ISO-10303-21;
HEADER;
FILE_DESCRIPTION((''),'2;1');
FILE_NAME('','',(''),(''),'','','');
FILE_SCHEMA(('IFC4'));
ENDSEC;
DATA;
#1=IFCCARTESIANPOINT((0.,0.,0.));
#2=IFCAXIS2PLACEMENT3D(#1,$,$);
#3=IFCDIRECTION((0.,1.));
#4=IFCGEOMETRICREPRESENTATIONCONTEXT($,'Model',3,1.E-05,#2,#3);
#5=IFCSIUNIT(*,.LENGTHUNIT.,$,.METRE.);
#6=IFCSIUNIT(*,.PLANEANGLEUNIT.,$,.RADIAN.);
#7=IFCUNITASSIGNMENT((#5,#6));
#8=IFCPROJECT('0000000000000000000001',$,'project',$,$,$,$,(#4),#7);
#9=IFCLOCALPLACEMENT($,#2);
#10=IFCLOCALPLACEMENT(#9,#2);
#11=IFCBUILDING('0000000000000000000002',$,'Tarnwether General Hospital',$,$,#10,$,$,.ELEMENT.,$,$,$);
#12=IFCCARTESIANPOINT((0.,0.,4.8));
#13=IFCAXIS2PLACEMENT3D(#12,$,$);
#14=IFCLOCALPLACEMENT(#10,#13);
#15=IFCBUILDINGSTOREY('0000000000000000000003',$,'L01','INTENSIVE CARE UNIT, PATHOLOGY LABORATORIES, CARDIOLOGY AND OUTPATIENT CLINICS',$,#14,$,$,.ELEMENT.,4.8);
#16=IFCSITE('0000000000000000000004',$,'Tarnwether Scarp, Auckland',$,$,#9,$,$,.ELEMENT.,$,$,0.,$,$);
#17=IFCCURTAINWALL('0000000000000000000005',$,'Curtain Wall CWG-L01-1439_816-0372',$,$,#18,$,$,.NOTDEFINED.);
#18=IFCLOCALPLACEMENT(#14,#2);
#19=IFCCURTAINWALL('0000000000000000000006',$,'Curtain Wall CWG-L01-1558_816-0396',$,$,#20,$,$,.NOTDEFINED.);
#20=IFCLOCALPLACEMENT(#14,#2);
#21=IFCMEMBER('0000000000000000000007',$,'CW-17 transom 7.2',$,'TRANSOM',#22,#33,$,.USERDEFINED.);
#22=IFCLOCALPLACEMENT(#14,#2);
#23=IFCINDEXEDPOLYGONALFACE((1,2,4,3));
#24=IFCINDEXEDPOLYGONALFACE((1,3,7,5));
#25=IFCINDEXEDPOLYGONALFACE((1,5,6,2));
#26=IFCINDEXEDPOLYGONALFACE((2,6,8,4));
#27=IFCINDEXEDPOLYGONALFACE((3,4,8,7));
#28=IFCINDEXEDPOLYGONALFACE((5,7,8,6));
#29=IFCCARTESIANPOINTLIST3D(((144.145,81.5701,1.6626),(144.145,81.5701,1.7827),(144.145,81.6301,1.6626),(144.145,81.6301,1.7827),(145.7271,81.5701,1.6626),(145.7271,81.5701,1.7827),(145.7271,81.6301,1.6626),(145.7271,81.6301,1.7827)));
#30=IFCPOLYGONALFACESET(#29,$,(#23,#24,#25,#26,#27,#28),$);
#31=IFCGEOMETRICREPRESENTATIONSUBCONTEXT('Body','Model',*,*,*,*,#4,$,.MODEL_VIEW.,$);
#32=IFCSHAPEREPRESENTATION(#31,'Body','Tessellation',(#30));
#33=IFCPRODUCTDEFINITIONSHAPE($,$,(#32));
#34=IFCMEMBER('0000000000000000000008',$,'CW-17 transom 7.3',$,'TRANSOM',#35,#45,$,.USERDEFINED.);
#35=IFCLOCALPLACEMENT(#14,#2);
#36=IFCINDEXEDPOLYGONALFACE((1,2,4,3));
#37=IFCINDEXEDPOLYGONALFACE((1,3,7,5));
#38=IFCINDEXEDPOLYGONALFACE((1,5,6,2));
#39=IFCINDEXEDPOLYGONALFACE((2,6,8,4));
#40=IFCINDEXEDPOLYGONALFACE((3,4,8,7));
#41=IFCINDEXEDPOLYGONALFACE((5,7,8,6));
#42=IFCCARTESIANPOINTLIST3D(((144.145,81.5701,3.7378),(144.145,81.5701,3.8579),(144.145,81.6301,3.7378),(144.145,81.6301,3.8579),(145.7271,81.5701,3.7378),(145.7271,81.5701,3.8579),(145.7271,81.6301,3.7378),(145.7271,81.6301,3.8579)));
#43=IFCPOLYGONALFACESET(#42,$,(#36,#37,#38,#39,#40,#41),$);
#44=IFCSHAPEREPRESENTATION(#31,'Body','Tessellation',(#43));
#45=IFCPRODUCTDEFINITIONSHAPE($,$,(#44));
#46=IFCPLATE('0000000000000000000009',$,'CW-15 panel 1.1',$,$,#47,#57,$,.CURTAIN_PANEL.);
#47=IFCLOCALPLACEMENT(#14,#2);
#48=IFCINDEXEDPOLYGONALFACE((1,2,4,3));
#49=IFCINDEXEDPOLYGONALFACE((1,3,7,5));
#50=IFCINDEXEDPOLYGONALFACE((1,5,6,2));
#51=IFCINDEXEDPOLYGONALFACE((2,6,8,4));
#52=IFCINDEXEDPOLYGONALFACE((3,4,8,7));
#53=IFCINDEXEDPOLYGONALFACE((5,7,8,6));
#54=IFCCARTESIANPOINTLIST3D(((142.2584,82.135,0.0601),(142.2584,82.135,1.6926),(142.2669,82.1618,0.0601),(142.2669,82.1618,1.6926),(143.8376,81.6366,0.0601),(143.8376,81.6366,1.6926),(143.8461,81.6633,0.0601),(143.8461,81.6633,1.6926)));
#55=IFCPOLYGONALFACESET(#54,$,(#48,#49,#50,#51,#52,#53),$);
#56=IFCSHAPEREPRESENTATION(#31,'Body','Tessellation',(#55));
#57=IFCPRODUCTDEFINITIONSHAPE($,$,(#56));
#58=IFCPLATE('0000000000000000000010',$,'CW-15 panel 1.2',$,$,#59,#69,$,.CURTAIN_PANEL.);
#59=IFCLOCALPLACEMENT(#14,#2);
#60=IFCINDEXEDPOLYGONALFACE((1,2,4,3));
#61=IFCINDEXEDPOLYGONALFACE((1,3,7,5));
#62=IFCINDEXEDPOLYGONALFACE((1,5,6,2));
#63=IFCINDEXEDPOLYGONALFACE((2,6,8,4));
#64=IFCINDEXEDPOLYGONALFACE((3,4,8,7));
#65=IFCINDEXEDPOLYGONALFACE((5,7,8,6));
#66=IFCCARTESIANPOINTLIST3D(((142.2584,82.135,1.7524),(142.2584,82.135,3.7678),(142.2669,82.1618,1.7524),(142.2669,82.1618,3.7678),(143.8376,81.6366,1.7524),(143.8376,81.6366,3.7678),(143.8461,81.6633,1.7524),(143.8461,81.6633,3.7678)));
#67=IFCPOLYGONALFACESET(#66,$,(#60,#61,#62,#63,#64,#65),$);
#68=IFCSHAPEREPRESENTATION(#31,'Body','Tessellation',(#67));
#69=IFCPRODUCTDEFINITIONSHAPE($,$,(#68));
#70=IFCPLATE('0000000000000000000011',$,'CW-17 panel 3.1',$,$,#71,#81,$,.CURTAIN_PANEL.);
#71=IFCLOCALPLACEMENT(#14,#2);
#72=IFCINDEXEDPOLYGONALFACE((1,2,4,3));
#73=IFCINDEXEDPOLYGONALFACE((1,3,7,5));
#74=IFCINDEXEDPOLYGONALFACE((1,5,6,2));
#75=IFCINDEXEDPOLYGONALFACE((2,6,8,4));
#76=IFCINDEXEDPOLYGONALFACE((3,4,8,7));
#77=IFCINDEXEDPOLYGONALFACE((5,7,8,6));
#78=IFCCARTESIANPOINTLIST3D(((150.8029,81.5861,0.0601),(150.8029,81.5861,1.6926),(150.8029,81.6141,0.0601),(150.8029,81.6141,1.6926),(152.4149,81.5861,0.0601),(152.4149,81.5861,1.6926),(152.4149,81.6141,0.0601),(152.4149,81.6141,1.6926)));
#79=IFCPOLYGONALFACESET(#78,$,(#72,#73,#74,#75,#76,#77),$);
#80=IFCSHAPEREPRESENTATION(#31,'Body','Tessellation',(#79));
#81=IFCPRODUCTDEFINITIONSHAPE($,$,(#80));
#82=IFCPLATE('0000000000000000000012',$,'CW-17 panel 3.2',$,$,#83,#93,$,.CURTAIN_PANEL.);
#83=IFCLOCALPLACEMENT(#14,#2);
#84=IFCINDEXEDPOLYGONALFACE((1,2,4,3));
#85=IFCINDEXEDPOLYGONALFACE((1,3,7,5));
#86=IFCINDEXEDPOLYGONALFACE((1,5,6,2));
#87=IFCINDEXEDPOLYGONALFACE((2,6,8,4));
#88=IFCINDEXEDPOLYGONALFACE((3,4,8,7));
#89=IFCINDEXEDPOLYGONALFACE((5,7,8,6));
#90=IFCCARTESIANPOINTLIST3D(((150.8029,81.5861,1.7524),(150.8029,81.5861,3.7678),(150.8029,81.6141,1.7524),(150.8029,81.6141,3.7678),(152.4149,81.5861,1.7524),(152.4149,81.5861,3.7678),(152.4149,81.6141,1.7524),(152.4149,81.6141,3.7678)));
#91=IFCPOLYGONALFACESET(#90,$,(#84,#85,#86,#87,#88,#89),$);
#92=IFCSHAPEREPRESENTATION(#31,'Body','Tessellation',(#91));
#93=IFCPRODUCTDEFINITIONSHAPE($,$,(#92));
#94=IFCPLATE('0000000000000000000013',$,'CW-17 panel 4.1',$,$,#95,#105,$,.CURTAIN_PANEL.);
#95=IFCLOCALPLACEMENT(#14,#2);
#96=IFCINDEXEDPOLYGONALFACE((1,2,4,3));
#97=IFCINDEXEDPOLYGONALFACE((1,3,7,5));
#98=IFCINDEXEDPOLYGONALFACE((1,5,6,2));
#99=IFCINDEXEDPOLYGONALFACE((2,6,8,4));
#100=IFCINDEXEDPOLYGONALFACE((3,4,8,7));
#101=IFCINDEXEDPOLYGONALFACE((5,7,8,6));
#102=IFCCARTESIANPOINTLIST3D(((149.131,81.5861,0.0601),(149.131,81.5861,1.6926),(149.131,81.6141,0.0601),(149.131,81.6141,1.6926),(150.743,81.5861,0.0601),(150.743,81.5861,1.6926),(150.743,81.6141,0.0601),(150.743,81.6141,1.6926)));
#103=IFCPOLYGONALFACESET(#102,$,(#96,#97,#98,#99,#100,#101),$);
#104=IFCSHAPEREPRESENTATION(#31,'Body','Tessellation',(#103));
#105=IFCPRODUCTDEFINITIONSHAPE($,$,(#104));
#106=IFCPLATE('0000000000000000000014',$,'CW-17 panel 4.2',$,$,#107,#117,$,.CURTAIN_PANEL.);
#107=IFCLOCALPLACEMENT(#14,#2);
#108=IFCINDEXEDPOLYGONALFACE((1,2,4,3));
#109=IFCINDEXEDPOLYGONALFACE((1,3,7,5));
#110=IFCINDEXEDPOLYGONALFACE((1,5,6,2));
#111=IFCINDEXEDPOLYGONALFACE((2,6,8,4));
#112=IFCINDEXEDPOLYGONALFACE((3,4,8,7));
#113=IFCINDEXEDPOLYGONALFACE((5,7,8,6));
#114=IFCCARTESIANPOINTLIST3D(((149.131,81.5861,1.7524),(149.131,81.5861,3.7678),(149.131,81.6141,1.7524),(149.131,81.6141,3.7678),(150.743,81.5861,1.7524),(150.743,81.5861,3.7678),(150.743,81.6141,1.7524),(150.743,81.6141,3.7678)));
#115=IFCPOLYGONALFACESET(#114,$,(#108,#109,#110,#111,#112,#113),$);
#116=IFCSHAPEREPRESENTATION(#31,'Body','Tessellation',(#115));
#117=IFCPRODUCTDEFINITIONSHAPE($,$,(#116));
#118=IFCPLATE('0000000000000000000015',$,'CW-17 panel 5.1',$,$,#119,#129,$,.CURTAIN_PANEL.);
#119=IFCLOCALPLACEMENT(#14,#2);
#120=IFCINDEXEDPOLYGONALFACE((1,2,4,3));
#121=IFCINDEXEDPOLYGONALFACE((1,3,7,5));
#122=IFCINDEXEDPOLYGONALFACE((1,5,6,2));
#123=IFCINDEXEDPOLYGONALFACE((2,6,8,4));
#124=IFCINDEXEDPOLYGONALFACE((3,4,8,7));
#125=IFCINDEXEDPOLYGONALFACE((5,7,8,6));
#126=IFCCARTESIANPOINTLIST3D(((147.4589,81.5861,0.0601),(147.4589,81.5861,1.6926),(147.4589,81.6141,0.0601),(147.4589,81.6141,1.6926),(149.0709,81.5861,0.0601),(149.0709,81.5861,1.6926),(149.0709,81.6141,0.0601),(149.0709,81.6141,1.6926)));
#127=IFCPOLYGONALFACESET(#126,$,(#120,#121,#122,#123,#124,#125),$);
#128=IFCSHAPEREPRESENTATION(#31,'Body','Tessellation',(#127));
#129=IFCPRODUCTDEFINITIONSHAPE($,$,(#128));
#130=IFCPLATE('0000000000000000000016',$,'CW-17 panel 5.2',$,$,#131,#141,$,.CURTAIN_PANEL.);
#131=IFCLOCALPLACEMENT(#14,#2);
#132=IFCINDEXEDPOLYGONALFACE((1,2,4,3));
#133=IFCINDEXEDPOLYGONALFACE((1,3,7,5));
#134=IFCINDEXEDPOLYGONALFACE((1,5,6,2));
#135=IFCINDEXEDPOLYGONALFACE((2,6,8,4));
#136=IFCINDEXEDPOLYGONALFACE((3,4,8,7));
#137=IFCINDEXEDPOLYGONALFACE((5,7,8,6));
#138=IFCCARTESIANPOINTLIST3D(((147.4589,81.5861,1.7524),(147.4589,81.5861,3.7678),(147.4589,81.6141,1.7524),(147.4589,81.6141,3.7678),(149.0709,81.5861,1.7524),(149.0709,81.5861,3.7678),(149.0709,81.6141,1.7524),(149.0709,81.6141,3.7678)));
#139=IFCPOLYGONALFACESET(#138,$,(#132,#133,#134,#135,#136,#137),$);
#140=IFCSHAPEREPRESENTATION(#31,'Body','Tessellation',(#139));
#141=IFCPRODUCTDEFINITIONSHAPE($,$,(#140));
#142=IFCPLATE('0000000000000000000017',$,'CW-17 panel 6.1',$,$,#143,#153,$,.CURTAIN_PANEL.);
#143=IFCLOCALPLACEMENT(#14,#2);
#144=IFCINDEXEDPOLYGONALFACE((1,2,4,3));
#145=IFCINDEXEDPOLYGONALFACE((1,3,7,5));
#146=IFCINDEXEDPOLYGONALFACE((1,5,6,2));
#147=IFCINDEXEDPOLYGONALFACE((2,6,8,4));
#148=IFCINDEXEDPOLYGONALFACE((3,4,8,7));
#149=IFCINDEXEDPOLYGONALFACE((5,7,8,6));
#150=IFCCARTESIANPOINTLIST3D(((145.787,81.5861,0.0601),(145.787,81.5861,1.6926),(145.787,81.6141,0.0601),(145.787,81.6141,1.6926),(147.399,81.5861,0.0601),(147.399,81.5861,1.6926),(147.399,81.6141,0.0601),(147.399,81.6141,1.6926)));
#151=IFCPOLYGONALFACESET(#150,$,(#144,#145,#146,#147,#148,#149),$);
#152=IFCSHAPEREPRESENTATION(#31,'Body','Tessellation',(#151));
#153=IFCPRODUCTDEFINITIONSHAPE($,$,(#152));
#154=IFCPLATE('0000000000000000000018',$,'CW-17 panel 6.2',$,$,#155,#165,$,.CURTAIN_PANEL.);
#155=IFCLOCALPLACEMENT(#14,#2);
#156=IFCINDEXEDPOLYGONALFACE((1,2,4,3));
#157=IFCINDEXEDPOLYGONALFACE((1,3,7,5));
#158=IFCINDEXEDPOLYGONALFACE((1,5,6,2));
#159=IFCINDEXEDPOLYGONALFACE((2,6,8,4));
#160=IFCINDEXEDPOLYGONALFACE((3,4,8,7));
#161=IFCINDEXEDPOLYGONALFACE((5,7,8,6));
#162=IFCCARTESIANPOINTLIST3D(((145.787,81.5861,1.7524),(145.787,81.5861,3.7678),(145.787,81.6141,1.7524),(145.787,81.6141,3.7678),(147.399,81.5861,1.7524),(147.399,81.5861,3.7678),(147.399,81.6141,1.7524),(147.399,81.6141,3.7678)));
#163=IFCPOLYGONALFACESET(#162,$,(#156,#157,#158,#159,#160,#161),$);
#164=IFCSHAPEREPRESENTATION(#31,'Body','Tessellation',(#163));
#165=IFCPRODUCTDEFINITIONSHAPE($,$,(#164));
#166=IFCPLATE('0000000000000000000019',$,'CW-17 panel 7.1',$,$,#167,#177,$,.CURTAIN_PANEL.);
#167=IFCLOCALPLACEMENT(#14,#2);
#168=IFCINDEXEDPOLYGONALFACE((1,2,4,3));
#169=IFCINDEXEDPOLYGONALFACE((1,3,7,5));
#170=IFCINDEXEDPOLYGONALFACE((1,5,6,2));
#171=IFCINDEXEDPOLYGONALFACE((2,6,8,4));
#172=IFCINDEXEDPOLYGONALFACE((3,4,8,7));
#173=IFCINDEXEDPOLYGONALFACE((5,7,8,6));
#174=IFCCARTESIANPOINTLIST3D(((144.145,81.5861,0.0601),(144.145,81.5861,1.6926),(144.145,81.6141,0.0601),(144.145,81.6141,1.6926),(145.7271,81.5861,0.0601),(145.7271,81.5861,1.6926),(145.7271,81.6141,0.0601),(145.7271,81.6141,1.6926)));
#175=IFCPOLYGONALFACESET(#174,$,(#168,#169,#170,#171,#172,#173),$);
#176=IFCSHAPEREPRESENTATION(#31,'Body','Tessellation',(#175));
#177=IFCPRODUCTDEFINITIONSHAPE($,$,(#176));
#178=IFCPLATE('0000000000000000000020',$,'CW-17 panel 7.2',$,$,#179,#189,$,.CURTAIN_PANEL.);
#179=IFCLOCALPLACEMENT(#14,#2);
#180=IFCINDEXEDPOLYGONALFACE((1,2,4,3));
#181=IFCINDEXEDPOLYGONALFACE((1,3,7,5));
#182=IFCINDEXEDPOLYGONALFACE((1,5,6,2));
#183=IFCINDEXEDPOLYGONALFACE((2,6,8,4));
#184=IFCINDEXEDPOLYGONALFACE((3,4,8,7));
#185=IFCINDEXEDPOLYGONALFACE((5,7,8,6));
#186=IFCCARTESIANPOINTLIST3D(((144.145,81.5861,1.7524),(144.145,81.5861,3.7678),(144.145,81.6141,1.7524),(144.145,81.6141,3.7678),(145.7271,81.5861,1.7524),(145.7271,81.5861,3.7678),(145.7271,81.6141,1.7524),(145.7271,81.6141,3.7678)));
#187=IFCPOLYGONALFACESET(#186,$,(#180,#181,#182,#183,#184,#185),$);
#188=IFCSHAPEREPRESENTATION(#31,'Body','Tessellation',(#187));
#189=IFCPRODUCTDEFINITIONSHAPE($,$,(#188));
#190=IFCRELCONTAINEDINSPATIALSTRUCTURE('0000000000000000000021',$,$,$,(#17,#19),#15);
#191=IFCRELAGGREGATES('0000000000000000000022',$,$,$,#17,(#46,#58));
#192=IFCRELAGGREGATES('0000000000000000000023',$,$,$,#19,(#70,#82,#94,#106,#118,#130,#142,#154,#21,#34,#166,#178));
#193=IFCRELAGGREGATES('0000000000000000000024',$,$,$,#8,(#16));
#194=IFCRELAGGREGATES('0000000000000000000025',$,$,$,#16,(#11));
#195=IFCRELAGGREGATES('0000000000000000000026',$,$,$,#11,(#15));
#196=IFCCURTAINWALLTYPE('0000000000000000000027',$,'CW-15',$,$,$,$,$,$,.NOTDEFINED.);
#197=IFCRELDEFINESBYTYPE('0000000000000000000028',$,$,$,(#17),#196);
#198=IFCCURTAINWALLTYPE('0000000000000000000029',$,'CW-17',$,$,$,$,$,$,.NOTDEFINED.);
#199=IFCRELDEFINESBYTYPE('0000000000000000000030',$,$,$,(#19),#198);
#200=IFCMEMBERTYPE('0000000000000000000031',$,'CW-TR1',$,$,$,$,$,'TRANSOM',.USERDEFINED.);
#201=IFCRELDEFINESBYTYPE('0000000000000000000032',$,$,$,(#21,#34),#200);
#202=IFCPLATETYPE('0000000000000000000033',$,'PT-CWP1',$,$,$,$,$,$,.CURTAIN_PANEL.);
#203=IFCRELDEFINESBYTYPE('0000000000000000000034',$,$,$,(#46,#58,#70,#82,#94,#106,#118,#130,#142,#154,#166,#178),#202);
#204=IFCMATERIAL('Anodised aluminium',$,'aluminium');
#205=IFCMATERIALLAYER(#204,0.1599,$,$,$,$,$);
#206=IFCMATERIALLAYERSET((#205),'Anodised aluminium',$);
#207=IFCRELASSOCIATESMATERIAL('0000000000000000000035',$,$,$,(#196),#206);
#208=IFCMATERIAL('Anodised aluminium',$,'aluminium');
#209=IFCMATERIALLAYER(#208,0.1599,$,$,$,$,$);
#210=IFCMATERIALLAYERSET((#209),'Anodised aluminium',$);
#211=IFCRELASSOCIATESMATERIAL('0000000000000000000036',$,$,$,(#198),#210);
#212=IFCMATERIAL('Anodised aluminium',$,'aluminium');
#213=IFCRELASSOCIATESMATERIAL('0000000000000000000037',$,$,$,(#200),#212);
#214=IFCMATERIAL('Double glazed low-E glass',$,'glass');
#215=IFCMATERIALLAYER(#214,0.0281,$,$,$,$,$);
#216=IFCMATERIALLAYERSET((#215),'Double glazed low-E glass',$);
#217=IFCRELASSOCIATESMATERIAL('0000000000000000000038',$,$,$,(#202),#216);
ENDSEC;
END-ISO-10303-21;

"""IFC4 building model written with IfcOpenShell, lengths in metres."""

from ifc_helpers import new_model, si_unit, direction, frame, origin, origin_2d, place, context, subcontext, project, spatial, rectangle, extrude, material, layer, layer_set, material_profile, profile_set, type_object, element, aggregate, save


model = new_model("IFC4")

# Units and contexts
model_context = context("Model", 3, precision=1e-05, world=origin(), true_north=direction((0.0, 1.0)))
body_context = subcontext(model_context, "Body", "Model", "MODEL_VIEW")
ifc_project = project(units=[si_unit("LENGTHUNIT", "METRE"), si_unit("PLANEANGLEUNIT", "RADIAN")], contexts=[model_context])

# Site, building, storey
site_placement = place(None, origin())
site = spatial("IfcSite", under=ifc_project, at=site_placement, Name="Tarnwether Scarp, Auckland", CompositionType="ELEMENT", RefElevation=0.0)
building_placement = place(site_placement, origin())
building = spatial("IfcBuilding", under=site, at=building_placement, Name="Tarnwether General Hospital", CompositionType="ELEMENT")
storey_placement = place(building_placement, frame((0.0, 0.0, 4.8)))
storey = spatial("IfcBuildingStorey", under=building, at=storey_placement, Name="L01", Description="INTENSIVE CARE UNIT, PATHOLOGY LABORATORIES, CARDIOLOGY AND OUTPATIENT CLINICS", CompositionType="ELEMENT", Elevation=4.8)

# Curtain wall
ifc_material_1 = material(Name="Anodised aluminium", Category="aluminium")
ifc_layer_1 = layer(ifc_material_1, 0.1599)
ifc_layer_set_1 = layer_set([ifc_layer_1], Name="Anodised aluminium")
curtain_wall_type_1 = type_object("IfcCurtainWallType", Name="CW-15", PredefinedType="NOTDEFINED", material=ifc_layer_set_1)
curtain_wall_1_placement = place(storey_placement, origin())
curtain_wall_1 = element("IfcCurtainWall", 1, at=curtain_wall_1_placement, inside=storey, type_object=curtain_wall_type_1, Name="Curtain Wall CWG-L01-1439_816-0372", PredefinedType="NOTDEFINED")

# Curtain wall
ifc_material_2 = material(Name="Anodised aluminium", Category="aluminium")
ifc_layer_2 = layer(ifc_material_2, 0.1599)
ifc_layer_set_2 = layer_set([ifc_layer_2], Name="Anodised aluminium")
curtain_wall_type_2 = type_object("IfcCurtainWallType", Name="CW-17", PredefinedType="NOTDEFINED", material=ifc_layer_set_2)
curtain_wall_2_placement = place(storey_placement, origin())
curtain_wall_2 = element("IfcCurtainWall", 2, at=curtain_wall_2_placement, inside=storey, type_object=curtain_wall_type_2, Name="Curtain Wall CWG-L01-1558_816-0396", PredefinedType="NOTDEFINED")

# Members
ifc_material_3 = material(Name="Anodised aluminium", Category="aluminium")
ifc_material_profile_1 = material_profile(ifc_material_3, rectangle(XDim=0.0601, YDim=0.1201, at=origin_2d()), Name="ALU-TRN-60x120")
ifc_profile_set_1 = profile_set([ifc_material_profile_1], Name="Anodised aluminium")
member_type_1 = type_object("IfcMemberType", Name="CW-TR1", ElementType="TRANSOM", PredefinedType="USERDEFINED", material=ifc_profile_set_1)
member_1_placement = place(storey_placement, frame((145.7271, 81.6001, 1.7227), z_axis=(-1.0, 0.0, 0.0), x_axis=(0.0, -1.0, 0.0)))
member_1 = element("IfcMember", 3, at=member_1_placement, type_object=member_type_1, Name="CW-17 transom 7.2", ObjectType="TRANSOM", PredefinedType="USERDEFINED", context=body_context, shape_type="SweptSolid", body=[
    extrude(rectangle(XDim=0.0601, YDim=0.1201, at=origin_2d()), origin(), (0.0, 0.0, 1.0), 1.582),
])
member_2_placement = place(storey_placement, frame((145.7271, 81.6001, 3.7979), z_axis=(-1.0, 0.0, 0.0), x_axis=(0.0, -1.0, 0.0)))
member_2 = element("IfcMember", 4, at=member_2_placement, type_object=member_type_1, Name="CW-17 transom 7.3", ObjectType="TRANSOM", PredefinedType="USERDEFINED", context=body_context, shape_type="SweptSolid", body=[
    extrude(rectangle(XDim=0.0601, YDim=0.1201, at=origin_2d()), origin(), (0.0, 0.0, 1.0), 1.582),
])

# Plates
ifc_material_4 = material(Name="Double glazed low-E glass", Category="glass")
ifc_layer_3 = layer(ifc_material_4, 0.0281)
ifc_layer_set_3 = layer_set([ifc_layer_3], Name="Double glazed low-E glass")
plate_type = type_object("IfcPlateType", Name="PT-CWP1", PredefinedType="CURTAIN_PANEL", material=ifc_layer_set_3)
plate_1_placement = place(storey_placement, frame((143.0522, 81.8992, 0.0601), z_axis=(0.0, 0.0, 1.0), x_axis=(-0.95363, 0.300981, 0.0)))
plate_1 = element("IfcPlate", 5, at=plate_1_placement, type_object=plate_type, Name="CW-15 panel 1.1", PredefinedType="CURTAIN_PANEL", context=body_context, shape_type="SweptSolid", body=[
    extrude(rectangle(XDim=1.656, YDim=0.0281, at=origin_2d()), origin(), (0.0, 0.0, 1.0), 1.6326),
])
plate_2_placement = place(storey_placement, frame((143.0522, 81.8992, 1.7524), z_axis=(0.0, 0.0, 1.0), x_axis=(-0.95363, 0.300981, 0.0)))
plate_2 = element("IfcPlate", 6, at=plate_2_placement, type_object=plate_type, Name="CW-15 panel 1.2", PredefinedType="CURTAIN_PANEL", context=body_context, shape_type="SweptSolid", body=[
    extrude(rectangle(XDim=1.656, YDim=0.0281, at=origin_2d()), origin(), (0.0, 0.0, 1.0), 2.0154),
])
aggregate(curtain_wall_1, [plate_1, plate_2])
plate_3_placement = place(storey_placement, frame((151.6089, 81.6001, 0.0601), z_axis=(0.0, 0.0, 1.0), x_axis=(-1.0, 0.0, 0.0)))
plate_3 = element("IfcPlate", 7, at=plate_3_placement, type_object=plate_type, Name="CW-17 panel 3.1", PredefinedType="CURTAIN_PANEL", context=body_context, shape_type="SweptSolid", body=[
    extrude(rectangle(XDim=1.6121, YDim=0.0281, at=origin_2d()), origin(), (0.0, 0.0, 1.0), 1.6326),
])
plate_4_placement = place(storey_placement, frame((151.6089, 81.6001, 1.7524), z_axis=(0.0, 0.0, 1.0), x_axis=(-1.0, 0.0, 0.0)))
plate_4 = element("IfcPlate", 8, at=plate_4_placement, type_object=plate_type, Name="CW-17 panel 3.2", PredefinedType="CURTAIN_PANEL", context=body_context, shape_type="SweptSolid", body=[
    extrude(rectangle(XDim=1.6121, YDim=0.0281, at=origin_2d()), origin(), (0.0, 0.0, 1.0), 2.0154),
])
plate_5_placement = place(storey_placement, frame((149.937, 81.6001, 0.0601), z_axis=(0.0, 0.0, 1.0), x_axis=(-1.0, 0.0, 0.0)))
plate_5 = element("IfcPlate", 9, at=plate_5_placement, type_object=plate_type, Name="CW-17 panel 4.1", PredefinedType="CURTAIN_PANEL", context=body_context, shape_type="SweptSolid", body=[
    extrude(rectangle(XDim=1.6121, YDim=0.0281, at=origin_2d()), origin(), (0.0, 0.0, 1.0), 1.6326),
])
plate_6_placement = place(storey_placement, frame((149.937, 81.6001, 1.7524), z_axis=(0.0, 0.0, 1.0), x_axis=(-1.0, 0.0, 0.0)))
plate_6 = element("IfcPlate", 10, at=plate_6_placement, type_object=plate_type, Name="CW-17 panel 4.2", PredefinedType="CURTAIN_PANEL", context=body_context, shape_type="SweptSolid", body=[
    extrude(rectangle(XDim=1.6121, YDim=0.0281, at=origin_2d()), origin(), (0.0, 0.0, 1.0), 2.0154),
])
plate_7_placement = place(storey_placement, frame((148.2649, 81.6001, 0.0601), z_axis=(0.0, 0.0, 1.0), x_axis=(-1.0, 0.0, 0.0)))
plate_7 = element("IfcPlate", 11, at=plate_7_placement, type_object=plate_type, Name="CW-17 panel 5.1", PredefinedType="CURTAIN_PANEL", context=body_context, shape_type="SweptSolid", body=[
    extrude(rectangle(XDim=1.6121, YDim=0.0281, at=origin_2d()), origin(), (0.0, 0.0, 1.0), 1.6326),
])
plate_8_placement = place(storey_placement, frame((148.2649, 81.6001, 1.7524), z_axis=(0.0, 0.0, 1.0), x_axis=(-1.0, 0.0, 0.0)))
plate_8 = element("IfcPlate", 12, at=plate_8_placement, type_object=plate_type, Name="CW-17 panel 5.2", PredefinedType="CURTAIN_PANEL", context=body_context, shape_type="SweptSolid", body=[
    extrude(rectangle(XDim=1.6121, YDim=0.0281, at=origin_2d()), origin(), (0.0, 0.0, 1.0), 2.0154),
])
plate_9_placement = place(storey_placement, frame((146.593, 81.6001, 0.0601), z_axis=(0.0, 0.0, 1.0), x_axis=(-1.0, 0.0, 0.0)))
plate_9 = element("IfcPlate", 13, at=plate_9_placement, type_object=plate_type, Name="CW-17 panel 6.1", PredefinedType="CURTAIN_PANEL", context=body_context, shape_type="SweptSolid", body=[
    extrude(rectangle(XDim=1.6121, YDim=0.0281, at=origin_2d()), origin(), (0.0, 0.0, 1.0), 1.6326),
])
plate_10_placement = place(storey_placement, frame((146.593, 81.6001, 1.7524), z_axis=(0.0, 0.0, 1.0), x_axis=(-1.0, 0.0, 0.0)))
plate_10 = element("IfcPlate", 14, at=plate_10_placement, type_object=plate_type, Name="CW-17 panel 6.2", PredefinedType="CURTAIN_PANEL", context=body_context, shape_type="SweptSolid", body=[
    extrude(rectangle(XDim=1.6121, YDim=0.0281, at=origin_2d()), origin(), (0.0, 0.0, 1.0), 2.0154),
])
plate_11_placement = place(storey_placement, frame((144.936, 81.6001, 0.0601), z_axis=(0.0, 0.0, 1.0), x_axis=(-1.0, 0.0, 0.0)))
plate_11 = element("IfcPlate", 15, at=plate_11_placement, type_object=plate_type, Name="CW-17 panel 7.1", PredefinedType="CURTAIN_PANEL", context=body_context, shape_type="SweptSolid", body=[
    extrude(rectangle(XDim=1.582, YDim=0.0281, at=origin_2d()), origin(), (0.0, 0.0, 1.0), 1.6326),
])
plate_12_placement = place(storey_placement, frame((144.936, 81.6001, 1.7524), z_axis=(0.0, 0.0, 1.0), x_axis=(-1.0, 0.0, 0.0)))
plate_12 = element("IfcPlate", 16, at=plate_12_placement, type_object=plate_type, Name="CW-17 panel 7.2", PredefinedType="CURTAIN_PANEL", context=body_context, shape_type="SweptSolid", body=[
    extrude(rectangle(XDim=1.582, YDim=0.0281, at=origin_2d()), origin(), (0.0, 0.0, 1.0), 2.0154),
])
aggregate(curtain_wall_2, [plate_3, plate_4, plate_5, plate_6, plate_7, plate_8, plate_9, plate_10, member_1, member_2, plate_11, plate_12])

save(model, "model.ifc")
